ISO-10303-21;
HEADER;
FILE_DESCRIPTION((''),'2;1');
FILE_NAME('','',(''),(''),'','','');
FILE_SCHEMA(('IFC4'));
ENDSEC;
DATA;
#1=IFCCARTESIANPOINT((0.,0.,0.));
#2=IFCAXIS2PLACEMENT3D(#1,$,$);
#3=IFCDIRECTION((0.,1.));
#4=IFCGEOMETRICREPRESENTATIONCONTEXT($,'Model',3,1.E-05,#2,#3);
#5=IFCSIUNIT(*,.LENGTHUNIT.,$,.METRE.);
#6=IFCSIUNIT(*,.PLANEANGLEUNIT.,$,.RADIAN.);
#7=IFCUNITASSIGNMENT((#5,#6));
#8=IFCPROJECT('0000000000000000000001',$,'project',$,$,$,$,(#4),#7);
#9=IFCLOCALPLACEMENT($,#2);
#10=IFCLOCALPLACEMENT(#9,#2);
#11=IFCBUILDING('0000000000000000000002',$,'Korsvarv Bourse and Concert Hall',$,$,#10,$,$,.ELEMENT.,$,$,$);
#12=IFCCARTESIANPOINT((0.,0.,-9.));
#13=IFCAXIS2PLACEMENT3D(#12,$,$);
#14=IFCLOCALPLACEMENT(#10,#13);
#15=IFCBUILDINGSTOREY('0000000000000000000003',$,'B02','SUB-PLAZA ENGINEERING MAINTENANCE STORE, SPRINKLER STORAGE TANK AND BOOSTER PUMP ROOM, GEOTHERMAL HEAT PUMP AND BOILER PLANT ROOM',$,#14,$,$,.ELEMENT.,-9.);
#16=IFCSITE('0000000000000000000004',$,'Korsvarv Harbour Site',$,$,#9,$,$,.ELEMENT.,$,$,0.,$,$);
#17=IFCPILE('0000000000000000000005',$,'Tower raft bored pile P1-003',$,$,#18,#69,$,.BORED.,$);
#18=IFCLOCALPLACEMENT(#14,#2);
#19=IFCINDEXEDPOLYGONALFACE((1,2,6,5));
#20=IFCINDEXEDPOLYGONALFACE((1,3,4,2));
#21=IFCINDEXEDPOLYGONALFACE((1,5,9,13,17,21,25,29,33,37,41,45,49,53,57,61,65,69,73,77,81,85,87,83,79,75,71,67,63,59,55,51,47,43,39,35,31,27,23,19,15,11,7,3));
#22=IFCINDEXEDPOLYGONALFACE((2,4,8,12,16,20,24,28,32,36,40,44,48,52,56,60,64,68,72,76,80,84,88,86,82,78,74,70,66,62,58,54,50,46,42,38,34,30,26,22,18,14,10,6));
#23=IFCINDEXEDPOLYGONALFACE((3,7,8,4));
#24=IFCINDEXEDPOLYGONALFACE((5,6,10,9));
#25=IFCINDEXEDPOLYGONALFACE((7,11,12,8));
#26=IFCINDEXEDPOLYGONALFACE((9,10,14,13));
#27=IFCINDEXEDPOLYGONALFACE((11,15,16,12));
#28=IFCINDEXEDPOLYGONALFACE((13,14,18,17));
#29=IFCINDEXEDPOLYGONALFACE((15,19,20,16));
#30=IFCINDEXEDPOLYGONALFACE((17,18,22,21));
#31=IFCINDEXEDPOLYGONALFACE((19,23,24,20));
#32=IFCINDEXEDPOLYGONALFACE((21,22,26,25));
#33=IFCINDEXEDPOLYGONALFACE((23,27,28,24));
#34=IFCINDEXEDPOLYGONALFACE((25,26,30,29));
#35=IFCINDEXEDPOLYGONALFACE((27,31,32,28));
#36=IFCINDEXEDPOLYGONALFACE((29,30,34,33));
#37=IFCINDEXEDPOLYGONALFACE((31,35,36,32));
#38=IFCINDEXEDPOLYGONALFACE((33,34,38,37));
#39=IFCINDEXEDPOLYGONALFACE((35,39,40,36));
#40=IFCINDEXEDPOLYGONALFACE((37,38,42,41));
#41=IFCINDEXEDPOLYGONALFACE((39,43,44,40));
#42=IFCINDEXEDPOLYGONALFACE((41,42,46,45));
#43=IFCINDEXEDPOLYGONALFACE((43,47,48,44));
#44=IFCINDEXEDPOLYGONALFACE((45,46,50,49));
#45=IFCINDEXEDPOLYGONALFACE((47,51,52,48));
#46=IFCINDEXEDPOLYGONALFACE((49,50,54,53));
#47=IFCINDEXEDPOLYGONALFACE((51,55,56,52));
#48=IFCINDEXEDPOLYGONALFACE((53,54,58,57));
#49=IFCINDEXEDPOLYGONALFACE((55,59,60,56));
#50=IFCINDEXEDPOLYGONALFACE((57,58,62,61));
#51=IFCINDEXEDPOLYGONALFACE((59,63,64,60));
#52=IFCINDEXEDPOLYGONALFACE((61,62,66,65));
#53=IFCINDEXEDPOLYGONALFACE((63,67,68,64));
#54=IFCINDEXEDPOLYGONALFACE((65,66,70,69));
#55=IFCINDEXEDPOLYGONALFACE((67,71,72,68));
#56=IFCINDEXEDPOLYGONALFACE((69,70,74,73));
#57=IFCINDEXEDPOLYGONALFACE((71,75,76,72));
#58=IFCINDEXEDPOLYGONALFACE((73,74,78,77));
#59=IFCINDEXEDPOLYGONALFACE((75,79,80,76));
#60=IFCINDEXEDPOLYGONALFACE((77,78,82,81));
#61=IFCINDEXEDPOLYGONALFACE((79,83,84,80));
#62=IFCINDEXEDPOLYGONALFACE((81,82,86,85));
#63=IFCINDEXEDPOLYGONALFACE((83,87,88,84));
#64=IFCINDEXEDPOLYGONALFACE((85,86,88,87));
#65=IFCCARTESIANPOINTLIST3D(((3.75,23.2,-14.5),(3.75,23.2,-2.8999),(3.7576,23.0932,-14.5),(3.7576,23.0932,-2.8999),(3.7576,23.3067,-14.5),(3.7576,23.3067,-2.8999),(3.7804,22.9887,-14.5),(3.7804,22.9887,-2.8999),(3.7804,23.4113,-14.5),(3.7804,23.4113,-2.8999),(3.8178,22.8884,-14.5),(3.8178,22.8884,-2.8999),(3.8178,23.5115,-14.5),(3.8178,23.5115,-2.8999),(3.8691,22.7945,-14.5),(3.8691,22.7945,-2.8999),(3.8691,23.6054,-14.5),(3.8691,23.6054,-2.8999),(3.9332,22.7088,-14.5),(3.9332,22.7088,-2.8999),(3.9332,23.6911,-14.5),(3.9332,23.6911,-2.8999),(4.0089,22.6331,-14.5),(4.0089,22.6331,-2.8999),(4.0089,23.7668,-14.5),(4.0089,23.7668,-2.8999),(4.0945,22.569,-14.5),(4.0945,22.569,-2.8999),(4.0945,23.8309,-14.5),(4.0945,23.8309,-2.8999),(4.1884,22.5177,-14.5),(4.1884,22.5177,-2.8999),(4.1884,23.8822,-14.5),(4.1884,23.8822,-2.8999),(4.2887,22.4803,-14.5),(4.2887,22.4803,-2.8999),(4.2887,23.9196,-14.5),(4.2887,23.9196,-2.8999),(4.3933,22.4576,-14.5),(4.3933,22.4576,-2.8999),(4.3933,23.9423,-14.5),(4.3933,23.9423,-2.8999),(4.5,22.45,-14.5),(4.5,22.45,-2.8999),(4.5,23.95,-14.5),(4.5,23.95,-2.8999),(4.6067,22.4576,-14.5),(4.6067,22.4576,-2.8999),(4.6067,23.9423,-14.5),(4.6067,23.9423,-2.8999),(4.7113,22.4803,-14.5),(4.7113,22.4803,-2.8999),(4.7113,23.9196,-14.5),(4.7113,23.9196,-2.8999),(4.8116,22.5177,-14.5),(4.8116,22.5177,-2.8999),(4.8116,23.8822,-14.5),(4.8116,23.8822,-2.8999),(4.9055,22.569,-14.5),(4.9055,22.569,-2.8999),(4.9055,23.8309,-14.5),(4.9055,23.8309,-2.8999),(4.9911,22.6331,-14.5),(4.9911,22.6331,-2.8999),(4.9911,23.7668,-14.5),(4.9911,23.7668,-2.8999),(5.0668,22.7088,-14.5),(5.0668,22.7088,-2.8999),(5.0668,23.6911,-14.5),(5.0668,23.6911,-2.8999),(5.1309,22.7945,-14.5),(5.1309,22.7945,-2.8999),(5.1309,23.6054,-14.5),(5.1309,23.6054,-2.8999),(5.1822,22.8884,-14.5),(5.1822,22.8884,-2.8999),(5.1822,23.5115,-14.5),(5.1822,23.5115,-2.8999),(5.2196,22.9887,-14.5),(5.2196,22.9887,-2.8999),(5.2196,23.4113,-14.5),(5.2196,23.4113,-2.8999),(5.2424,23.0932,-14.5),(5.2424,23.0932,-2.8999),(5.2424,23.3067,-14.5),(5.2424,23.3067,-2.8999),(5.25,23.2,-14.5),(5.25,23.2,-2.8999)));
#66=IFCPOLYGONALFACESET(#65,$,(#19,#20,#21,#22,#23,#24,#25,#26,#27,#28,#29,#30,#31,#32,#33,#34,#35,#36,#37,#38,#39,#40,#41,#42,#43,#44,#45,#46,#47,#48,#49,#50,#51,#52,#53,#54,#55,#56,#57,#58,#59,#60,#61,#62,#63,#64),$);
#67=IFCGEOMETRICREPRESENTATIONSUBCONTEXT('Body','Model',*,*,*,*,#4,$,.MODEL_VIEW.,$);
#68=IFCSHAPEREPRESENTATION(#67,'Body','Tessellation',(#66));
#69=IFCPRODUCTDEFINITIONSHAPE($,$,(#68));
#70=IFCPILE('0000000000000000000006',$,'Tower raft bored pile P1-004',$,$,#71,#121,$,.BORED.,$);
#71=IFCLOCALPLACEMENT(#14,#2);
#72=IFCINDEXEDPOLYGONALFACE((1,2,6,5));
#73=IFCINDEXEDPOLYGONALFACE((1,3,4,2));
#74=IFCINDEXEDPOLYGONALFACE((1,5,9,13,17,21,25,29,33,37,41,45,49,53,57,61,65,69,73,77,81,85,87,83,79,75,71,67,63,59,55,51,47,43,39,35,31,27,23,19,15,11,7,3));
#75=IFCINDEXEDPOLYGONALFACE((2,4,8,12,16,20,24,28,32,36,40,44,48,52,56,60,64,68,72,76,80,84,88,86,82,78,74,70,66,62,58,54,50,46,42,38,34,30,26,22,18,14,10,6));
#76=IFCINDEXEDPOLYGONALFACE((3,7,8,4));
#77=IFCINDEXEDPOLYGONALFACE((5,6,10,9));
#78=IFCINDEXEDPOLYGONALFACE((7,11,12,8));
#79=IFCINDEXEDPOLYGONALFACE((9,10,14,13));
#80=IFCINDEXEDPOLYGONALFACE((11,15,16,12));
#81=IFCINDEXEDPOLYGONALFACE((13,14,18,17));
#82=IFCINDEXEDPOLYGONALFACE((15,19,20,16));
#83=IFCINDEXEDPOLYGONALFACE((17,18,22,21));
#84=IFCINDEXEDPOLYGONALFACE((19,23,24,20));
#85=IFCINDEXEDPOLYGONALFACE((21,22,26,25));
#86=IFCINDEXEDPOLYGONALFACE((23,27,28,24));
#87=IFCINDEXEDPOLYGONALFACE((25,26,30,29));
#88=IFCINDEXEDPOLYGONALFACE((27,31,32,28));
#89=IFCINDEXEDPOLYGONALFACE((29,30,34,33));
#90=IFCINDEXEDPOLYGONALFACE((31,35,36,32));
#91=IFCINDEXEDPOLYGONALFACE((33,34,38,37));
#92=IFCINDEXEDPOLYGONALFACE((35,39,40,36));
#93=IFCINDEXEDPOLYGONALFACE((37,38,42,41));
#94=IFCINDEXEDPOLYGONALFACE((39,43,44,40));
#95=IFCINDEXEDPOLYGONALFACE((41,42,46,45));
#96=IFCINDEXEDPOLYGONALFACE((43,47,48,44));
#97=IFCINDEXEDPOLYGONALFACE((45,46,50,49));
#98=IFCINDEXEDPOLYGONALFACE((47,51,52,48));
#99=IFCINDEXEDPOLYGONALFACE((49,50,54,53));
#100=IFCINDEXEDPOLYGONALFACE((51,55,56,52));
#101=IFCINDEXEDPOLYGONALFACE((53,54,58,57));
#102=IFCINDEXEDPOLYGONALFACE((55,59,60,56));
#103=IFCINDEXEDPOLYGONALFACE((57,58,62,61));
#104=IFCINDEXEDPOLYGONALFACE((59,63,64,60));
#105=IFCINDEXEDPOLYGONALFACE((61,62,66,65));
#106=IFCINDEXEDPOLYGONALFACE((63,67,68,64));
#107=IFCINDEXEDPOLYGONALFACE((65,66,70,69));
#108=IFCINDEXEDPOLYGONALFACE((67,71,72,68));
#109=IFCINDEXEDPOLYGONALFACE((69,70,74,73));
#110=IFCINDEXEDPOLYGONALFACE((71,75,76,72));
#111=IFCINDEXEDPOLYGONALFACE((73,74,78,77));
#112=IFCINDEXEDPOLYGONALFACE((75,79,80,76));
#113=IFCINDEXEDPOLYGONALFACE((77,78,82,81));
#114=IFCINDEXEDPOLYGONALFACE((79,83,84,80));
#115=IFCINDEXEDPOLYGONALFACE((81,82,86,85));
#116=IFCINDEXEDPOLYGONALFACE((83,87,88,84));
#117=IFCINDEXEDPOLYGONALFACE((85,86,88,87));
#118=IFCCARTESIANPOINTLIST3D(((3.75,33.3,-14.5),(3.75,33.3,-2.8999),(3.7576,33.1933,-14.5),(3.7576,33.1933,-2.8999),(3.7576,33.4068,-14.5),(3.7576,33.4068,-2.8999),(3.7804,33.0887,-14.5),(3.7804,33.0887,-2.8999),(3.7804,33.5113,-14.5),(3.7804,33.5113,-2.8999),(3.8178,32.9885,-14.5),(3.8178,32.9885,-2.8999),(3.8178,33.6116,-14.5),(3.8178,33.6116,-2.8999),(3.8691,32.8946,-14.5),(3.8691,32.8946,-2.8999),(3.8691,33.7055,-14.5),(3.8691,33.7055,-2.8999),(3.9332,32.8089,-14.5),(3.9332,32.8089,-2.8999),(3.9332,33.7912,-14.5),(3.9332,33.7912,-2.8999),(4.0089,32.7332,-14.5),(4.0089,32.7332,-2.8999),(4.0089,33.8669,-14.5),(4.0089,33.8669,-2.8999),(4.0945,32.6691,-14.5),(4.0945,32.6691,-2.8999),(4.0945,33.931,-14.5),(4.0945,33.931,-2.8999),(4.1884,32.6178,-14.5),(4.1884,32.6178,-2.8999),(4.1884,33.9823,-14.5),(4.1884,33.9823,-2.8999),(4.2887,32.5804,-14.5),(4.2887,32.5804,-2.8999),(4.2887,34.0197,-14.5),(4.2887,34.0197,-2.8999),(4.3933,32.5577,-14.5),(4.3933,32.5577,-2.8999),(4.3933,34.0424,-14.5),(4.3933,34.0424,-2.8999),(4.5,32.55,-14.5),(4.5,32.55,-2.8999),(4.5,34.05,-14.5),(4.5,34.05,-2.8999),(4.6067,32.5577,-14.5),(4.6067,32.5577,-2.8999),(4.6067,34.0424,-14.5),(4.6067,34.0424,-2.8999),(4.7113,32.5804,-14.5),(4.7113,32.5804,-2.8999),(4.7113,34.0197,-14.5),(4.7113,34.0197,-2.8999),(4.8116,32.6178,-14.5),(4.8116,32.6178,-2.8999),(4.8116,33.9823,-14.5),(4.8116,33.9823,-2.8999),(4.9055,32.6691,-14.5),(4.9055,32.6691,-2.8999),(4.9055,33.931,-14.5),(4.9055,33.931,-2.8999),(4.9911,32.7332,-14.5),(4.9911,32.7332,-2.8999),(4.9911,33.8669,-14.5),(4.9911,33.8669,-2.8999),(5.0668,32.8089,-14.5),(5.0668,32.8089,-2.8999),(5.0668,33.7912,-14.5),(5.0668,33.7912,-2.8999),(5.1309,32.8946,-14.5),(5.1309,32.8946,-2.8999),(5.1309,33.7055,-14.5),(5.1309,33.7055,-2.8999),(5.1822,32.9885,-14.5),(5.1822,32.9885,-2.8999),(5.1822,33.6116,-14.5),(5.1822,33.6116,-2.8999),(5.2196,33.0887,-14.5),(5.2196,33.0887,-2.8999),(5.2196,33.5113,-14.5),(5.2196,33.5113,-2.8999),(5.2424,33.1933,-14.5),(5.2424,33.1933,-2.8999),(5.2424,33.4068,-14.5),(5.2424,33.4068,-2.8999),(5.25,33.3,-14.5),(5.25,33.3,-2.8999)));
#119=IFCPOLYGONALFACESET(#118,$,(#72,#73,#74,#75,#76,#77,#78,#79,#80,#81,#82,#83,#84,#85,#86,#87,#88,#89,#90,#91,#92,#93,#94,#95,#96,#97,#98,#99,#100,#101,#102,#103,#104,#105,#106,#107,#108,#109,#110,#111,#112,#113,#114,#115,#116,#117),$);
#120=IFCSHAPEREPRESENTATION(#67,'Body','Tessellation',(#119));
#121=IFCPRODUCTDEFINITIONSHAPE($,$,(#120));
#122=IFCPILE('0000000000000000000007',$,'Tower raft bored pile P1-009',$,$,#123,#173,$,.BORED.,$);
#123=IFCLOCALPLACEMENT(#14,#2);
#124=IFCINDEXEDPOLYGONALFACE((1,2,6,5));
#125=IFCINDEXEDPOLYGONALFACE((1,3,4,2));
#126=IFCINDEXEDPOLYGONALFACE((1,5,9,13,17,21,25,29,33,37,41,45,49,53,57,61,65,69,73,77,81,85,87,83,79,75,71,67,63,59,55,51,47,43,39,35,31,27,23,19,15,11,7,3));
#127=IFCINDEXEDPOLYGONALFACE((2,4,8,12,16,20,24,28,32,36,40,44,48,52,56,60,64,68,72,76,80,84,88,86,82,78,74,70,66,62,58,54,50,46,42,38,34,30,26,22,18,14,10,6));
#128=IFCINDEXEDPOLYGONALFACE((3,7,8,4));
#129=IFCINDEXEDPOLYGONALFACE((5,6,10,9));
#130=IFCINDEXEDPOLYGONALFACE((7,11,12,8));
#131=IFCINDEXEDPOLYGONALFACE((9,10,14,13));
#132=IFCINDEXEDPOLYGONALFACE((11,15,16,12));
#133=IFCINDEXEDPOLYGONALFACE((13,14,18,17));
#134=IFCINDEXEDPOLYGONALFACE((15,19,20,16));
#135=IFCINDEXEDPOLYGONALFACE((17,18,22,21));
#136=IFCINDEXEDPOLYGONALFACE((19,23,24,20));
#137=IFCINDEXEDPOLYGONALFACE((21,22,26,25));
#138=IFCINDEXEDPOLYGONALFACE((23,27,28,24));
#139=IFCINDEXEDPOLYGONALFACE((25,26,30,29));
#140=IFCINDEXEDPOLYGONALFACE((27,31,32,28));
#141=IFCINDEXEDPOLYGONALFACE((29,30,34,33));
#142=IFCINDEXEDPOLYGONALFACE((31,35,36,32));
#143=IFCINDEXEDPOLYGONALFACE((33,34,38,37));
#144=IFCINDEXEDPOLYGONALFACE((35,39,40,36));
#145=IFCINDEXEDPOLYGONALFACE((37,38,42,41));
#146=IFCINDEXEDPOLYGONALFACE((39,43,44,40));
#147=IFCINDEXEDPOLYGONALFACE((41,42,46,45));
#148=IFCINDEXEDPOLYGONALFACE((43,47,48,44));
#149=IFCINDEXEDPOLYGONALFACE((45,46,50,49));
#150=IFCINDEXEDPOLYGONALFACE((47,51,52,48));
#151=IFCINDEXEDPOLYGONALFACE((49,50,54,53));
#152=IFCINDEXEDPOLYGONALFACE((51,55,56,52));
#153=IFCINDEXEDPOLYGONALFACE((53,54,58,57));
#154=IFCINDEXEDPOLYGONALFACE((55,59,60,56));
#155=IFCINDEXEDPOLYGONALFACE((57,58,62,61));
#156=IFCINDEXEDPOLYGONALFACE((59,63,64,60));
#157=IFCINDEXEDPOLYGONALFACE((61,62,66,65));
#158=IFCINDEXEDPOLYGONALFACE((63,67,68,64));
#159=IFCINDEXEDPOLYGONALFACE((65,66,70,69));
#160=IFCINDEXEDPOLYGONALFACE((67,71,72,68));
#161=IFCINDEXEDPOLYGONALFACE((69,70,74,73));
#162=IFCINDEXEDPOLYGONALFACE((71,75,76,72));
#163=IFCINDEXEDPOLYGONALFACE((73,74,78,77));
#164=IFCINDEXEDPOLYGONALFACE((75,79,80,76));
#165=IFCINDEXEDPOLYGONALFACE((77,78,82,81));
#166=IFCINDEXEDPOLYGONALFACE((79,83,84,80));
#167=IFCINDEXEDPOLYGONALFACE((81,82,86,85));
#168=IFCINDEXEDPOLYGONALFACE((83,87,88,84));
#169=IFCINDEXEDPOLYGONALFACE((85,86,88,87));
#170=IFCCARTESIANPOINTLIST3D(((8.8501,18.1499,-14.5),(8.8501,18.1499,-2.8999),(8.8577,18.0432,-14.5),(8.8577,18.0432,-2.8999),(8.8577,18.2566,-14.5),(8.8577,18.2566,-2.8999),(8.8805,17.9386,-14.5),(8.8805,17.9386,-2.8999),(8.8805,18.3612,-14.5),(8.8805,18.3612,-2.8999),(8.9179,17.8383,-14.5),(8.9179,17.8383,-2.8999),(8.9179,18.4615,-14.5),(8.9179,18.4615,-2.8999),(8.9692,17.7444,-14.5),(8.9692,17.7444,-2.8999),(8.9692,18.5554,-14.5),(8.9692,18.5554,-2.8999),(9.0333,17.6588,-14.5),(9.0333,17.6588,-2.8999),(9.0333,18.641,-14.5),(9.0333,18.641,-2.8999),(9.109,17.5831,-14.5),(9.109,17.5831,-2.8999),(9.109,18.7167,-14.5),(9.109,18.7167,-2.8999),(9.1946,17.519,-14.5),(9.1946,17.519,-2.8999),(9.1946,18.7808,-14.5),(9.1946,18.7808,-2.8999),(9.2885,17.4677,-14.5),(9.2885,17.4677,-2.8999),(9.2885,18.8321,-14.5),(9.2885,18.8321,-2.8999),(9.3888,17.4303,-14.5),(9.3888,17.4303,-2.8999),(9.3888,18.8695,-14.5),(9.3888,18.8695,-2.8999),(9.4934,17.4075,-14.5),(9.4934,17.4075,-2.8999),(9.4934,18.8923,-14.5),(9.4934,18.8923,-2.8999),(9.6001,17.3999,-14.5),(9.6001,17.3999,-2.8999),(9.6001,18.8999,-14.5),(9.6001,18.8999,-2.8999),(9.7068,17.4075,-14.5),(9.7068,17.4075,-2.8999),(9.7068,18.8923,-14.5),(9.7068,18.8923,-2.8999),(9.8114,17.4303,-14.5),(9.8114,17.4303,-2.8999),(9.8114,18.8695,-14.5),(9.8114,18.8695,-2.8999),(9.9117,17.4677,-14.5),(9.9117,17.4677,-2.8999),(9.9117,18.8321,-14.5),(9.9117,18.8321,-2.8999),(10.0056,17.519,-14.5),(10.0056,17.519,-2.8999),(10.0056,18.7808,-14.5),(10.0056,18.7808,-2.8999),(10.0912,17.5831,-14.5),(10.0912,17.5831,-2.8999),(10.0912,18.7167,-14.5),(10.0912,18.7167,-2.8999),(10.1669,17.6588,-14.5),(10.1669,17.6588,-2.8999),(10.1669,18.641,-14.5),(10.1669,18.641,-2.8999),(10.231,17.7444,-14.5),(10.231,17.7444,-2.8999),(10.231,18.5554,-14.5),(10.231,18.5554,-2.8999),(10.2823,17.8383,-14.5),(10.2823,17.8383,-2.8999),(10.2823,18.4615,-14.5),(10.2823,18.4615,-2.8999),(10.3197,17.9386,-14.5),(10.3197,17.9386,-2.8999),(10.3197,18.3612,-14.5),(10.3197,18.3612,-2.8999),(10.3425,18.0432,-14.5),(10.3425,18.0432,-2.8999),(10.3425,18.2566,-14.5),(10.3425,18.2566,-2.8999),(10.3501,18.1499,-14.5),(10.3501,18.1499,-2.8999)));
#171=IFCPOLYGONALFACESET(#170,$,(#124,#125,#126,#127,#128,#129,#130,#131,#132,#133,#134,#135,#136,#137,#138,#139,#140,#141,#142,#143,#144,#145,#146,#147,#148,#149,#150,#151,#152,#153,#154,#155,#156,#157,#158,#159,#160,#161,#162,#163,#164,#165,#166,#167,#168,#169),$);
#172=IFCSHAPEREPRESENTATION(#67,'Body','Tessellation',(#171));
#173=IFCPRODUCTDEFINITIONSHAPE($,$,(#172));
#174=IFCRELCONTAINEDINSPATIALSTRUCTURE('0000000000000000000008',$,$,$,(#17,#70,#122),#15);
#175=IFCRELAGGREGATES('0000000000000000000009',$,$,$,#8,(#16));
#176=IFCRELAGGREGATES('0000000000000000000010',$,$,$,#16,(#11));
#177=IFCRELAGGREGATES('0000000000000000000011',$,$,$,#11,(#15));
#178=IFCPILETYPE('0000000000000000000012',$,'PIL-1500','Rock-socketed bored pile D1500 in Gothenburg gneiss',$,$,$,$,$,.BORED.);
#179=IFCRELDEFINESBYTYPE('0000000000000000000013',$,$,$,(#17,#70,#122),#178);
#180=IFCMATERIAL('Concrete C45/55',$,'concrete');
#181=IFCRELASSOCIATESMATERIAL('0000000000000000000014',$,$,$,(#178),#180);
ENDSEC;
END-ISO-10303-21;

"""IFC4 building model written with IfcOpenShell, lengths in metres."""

from ifc_helpers import new_model, si_unit, direction, frame, origin, origin_2d, place, context, subcontext, project, spatial, circle, extrude, source, transform, mapped, material, material_profile, profile_set, type_object, element, save


model = new_model("IFC4")

# Units and contexts
model_context = context("Model", 3, precision=1e-05, world=origin(), true_north=direction((0.0, 1.0)))
body_context = subcontext(model_context, "Body", "Model", "MODEL_VIEW")
ifc_project = project(units=[si_unit("LENGTHUNIT", "METRE"), si_unit("PLANEANGLEUNIT", "RADIAN")], contexts=[model_context])

# Site, building, storey
site_placement = place(None, origin())
site = spatial("IfcSite", under=ifc_project, at=site_placement, Name="Korsvarv Harbour Site", CompositionType="ELEMENT", RefElevation=0.0)
building_placement = place(site_placement, origin())
building = spatial("IfcBuilding", under=site, at=building_placement, Name="Korsvarv Bourse and Concert Hall", CompositionType="ELEMENT")
storey_placement = place(building_placement, frame((0.0, 0.0, -9.0)))
storey = spatial("IfcBuildingStorey", under=building, at=storey_placement, Name="B02", Description="SUB-PLAZA ENGINEERING MAINTENANCE STORE, SPRINKLER STORAGE TANK AND BOOSTER PUMP ROOM, GEOTHERMAL HEAT PUMP AND BOILER PLANT ROOM", CompositionType="ELEMENT", Elevation=-9.0)

# Piles
ifc_material_1 = material(Name="Concrete C45/55", Category="concrete")
ifc_material_profile_1 = material_profile(ifc_material_1, circle(Radius=0.75, at=origin_2d()), Name="PILE D1500")
ifc_profile_set_1 = profile_set([ifc_material_profile_1], Name="Concrete C45/55")
pile_type = type_object("IfcPileType", Name="PIL-1500", Description="Rock-socketed bored pile D1500 in Gothenburg gneiss", PredefinedType="BORED", material=ifc_profile_set_1)
shared_shape_1 = source(origin(), body_context, "Body", "SweptSolid", [
    extrude(circle(Radius=0.75, at=origin_2d()), origin(), (0.0, 0.0, 1.0), 11.6001),
])
for number, where, z_axis, x_axis, name in (
    (1, (4.5, 23.2, -2.8999), (0.0, 0.0, -1.0), (1.0, 0.0, 0.0), "Tower raft bored pile P1-003"),
    (2, (4.5, 33.3, -2.8999), (0.0, 0.0, -1.0), (1.0, 0.0, 0.0), "Tower raft bored pile P1-004"),
    (3, (9.6001, 18.1499, -2.8999), (0.0, 0.0, -1.0), (1.0, 0.0, 0.0), "Tower raft bored pile P1-009"),
):
    element("IfcPile", number, at=place(storey_placement, frame(where, z_axis=z_axis, x_axis=x_axis)), inside=storey, type_object=pile_type, Name=name, PredefinedType="BORED", context=body_context, shape_type="MappedRepresentation", body=[
        mapped(shared_shape_1, transform((0.0, 0.0, 0.0), scale=1.0)),
    ])

save(model, "model.ifc")
